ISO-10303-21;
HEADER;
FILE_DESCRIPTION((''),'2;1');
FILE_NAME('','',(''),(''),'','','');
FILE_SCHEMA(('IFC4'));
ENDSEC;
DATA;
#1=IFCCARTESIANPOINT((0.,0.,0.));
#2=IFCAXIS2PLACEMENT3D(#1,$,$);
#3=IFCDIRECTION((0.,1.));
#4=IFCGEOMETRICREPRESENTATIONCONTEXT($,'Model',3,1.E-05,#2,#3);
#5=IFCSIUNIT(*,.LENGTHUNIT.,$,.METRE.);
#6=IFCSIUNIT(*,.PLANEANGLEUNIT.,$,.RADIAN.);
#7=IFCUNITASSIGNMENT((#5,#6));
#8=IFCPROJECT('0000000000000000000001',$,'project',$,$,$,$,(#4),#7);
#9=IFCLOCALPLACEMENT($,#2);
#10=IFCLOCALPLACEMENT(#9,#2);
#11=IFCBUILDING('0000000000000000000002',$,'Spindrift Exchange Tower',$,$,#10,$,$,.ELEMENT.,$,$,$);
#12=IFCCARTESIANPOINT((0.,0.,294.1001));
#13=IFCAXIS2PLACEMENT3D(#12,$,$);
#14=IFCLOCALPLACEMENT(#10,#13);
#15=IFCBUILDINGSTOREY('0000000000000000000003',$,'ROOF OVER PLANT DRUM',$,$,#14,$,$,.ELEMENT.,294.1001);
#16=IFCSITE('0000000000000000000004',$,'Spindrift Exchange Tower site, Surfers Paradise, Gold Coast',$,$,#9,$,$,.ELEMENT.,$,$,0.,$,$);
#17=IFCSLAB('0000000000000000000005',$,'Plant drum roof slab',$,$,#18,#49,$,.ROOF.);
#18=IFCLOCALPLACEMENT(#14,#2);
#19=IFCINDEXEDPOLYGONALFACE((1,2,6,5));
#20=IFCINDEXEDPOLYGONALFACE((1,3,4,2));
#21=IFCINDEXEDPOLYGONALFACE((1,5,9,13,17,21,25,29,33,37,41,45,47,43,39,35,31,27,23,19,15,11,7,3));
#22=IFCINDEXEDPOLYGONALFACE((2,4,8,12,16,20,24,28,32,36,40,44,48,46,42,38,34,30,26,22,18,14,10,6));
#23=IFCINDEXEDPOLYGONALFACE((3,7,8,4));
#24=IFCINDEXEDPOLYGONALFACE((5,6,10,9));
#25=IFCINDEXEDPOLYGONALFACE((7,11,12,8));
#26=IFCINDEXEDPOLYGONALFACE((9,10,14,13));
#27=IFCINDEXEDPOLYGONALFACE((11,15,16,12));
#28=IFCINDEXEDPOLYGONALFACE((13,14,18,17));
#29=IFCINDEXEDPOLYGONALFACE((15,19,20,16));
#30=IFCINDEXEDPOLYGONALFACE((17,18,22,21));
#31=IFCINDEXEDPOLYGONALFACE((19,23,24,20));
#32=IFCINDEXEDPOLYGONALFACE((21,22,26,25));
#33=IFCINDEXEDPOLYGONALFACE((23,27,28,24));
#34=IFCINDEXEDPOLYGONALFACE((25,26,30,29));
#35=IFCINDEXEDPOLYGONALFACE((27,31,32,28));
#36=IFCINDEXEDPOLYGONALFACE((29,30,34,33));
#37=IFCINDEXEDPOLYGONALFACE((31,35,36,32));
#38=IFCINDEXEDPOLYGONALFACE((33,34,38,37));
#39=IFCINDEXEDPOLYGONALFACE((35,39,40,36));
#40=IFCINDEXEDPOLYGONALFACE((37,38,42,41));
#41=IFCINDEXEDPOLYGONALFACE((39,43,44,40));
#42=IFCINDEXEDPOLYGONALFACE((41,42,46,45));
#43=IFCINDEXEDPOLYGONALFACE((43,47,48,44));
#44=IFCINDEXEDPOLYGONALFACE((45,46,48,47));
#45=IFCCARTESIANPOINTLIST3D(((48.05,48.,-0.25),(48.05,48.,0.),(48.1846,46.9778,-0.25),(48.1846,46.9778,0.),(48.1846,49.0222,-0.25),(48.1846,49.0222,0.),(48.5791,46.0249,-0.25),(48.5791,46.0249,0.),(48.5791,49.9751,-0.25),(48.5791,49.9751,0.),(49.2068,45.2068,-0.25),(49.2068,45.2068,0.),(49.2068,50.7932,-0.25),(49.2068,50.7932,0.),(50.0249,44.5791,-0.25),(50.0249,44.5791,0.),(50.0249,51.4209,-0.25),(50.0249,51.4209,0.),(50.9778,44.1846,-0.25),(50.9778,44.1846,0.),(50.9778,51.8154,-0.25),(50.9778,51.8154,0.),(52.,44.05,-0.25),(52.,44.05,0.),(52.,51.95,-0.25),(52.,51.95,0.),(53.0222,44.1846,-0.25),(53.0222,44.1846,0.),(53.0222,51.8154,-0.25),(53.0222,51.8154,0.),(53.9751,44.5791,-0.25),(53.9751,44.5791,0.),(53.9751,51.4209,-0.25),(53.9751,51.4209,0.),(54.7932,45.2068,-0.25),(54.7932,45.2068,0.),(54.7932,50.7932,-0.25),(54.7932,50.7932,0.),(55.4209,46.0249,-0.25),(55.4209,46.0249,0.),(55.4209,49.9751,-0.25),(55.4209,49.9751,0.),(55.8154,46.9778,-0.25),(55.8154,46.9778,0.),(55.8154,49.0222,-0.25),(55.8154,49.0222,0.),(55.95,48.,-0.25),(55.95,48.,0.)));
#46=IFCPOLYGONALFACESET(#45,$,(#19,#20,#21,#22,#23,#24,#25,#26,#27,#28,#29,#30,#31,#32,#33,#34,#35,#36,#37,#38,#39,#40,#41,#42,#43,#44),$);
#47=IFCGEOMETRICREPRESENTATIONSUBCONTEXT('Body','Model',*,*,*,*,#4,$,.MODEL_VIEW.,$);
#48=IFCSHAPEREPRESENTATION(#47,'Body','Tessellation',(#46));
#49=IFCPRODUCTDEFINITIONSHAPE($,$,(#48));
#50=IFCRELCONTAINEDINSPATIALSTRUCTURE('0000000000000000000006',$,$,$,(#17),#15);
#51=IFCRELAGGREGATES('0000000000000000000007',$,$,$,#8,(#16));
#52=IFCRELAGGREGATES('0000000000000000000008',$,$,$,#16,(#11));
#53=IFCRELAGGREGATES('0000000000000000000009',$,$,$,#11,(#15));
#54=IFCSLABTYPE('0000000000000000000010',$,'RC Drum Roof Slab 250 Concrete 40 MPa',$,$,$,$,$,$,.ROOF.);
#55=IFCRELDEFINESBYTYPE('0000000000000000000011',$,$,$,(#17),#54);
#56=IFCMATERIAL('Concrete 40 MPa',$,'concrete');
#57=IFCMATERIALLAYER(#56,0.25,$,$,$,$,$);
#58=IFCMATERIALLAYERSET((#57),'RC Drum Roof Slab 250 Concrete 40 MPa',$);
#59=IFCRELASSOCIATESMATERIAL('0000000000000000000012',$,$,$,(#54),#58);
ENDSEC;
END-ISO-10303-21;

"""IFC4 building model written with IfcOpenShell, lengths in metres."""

from ifc_helpers import new_model, si_unit, direction, frame, origin, place, context, subcontext, project, spatial, line, indexed_curve, outline, extrude, material, layer, layer_set, type_object, element, save


model = new_model("IFC4")

# Units and contexts
model_context = context("Model", 3, precision=1e-05, world=origin(), true_north=direction((0.0, 1.0)))
body_context = subcontext(model_context, "Body", "Model", "MODEL_VIEW")
ifc_project = project(units=[si_unit("LENGTHUNIT", "METRE"), si_unit("PLANEANGLEUNIT", "RADIAN")], contexts=[model_context])

# Site, building, storey
site_placement = place(None, origin())
site = spatial("IfcSite", under=ifc_project, at=site_placement, Name="Spindrift Exchange Tower site, Surfers Paradise, Gold Coast", CompositionType="ELEMENT", RefElevation=0.0)
building_placement = place(site_placement, origin())
building = spatial("IfcBuilding", under=site, at=building_placement, Name="Spindrift Exchange Tower", CompositionType="ELEMENT")
storey_placement = place(building_placement, frame((0.0, 0.0, 294.1001)))
storey = spatial("IfcBuildingStorey", under=building, at=storey_placement, Name="ROOF OVER PLANT DRUM", CompositionType="ELEMENT", Elevation=294.1001)

# Slab
ifc_material = material(Name="Concrete 40 MPa", Category="concrete")
ifc_layer = layer(ifc_material, 0.25)
ifc_layer_set = layer_set([ifc_layer], Name="RC Drum Roof Slab 250 Concrete 40 MPa")
slab_type = type_object("IfcSlabType", Name="RC Drum Roof Slab 250 Concrete 40 MPa", PredefinedType="ROOF", material=ifc_layer_set)
slab_placement = place(storey_placement, frame((0.0, 0.0, -0.25)))
element("IfcSlab", 1, at=slab_placement, inside=storey, type_object=slab_type, Name="Plant drum roof slab", PredefinedType="ROOF", context=body_context, shape_type="SweptSolid", body=[
    extrude(outline(indexed_curve([(55.95, 48.0), (55.8154, 49.0222), (55.4209, 49.9751), (54.7932, 50.7932), (53.9751, 51.4209), (53.0222, 51.8154), (52.0, 51.95), (50.9778, 51.8154), (50.0249, 51.4209), (49.2068, 50.7932), (48.5791, 49.9751), (48.1846, 49.0222), (48.05, 48.0), (48.1846, 46.9778), (48.5791, 46.0249), (49.2068, 45.2068), (50.0249, 44.5791), (50.9778, 44.1846), (52.0, 44.05), (53.0222, 44.1846), (53.9751, 44.5791), (54.7932, 45.2068), (55.4209, 46.0249), (55.8154, 46.9778)], segments=[line(1, 2, 3, 4, 5, 6, 7, 8, 9, 10, 11, 12, 13, 14, 15, 16, 17, 18, 19, 20, 21, 22, 23, 24, 1)], self_intersect=False)), origin(), (0.0, 0.0, 1.0), 0.25),
])

save(model, "model.ifc")
